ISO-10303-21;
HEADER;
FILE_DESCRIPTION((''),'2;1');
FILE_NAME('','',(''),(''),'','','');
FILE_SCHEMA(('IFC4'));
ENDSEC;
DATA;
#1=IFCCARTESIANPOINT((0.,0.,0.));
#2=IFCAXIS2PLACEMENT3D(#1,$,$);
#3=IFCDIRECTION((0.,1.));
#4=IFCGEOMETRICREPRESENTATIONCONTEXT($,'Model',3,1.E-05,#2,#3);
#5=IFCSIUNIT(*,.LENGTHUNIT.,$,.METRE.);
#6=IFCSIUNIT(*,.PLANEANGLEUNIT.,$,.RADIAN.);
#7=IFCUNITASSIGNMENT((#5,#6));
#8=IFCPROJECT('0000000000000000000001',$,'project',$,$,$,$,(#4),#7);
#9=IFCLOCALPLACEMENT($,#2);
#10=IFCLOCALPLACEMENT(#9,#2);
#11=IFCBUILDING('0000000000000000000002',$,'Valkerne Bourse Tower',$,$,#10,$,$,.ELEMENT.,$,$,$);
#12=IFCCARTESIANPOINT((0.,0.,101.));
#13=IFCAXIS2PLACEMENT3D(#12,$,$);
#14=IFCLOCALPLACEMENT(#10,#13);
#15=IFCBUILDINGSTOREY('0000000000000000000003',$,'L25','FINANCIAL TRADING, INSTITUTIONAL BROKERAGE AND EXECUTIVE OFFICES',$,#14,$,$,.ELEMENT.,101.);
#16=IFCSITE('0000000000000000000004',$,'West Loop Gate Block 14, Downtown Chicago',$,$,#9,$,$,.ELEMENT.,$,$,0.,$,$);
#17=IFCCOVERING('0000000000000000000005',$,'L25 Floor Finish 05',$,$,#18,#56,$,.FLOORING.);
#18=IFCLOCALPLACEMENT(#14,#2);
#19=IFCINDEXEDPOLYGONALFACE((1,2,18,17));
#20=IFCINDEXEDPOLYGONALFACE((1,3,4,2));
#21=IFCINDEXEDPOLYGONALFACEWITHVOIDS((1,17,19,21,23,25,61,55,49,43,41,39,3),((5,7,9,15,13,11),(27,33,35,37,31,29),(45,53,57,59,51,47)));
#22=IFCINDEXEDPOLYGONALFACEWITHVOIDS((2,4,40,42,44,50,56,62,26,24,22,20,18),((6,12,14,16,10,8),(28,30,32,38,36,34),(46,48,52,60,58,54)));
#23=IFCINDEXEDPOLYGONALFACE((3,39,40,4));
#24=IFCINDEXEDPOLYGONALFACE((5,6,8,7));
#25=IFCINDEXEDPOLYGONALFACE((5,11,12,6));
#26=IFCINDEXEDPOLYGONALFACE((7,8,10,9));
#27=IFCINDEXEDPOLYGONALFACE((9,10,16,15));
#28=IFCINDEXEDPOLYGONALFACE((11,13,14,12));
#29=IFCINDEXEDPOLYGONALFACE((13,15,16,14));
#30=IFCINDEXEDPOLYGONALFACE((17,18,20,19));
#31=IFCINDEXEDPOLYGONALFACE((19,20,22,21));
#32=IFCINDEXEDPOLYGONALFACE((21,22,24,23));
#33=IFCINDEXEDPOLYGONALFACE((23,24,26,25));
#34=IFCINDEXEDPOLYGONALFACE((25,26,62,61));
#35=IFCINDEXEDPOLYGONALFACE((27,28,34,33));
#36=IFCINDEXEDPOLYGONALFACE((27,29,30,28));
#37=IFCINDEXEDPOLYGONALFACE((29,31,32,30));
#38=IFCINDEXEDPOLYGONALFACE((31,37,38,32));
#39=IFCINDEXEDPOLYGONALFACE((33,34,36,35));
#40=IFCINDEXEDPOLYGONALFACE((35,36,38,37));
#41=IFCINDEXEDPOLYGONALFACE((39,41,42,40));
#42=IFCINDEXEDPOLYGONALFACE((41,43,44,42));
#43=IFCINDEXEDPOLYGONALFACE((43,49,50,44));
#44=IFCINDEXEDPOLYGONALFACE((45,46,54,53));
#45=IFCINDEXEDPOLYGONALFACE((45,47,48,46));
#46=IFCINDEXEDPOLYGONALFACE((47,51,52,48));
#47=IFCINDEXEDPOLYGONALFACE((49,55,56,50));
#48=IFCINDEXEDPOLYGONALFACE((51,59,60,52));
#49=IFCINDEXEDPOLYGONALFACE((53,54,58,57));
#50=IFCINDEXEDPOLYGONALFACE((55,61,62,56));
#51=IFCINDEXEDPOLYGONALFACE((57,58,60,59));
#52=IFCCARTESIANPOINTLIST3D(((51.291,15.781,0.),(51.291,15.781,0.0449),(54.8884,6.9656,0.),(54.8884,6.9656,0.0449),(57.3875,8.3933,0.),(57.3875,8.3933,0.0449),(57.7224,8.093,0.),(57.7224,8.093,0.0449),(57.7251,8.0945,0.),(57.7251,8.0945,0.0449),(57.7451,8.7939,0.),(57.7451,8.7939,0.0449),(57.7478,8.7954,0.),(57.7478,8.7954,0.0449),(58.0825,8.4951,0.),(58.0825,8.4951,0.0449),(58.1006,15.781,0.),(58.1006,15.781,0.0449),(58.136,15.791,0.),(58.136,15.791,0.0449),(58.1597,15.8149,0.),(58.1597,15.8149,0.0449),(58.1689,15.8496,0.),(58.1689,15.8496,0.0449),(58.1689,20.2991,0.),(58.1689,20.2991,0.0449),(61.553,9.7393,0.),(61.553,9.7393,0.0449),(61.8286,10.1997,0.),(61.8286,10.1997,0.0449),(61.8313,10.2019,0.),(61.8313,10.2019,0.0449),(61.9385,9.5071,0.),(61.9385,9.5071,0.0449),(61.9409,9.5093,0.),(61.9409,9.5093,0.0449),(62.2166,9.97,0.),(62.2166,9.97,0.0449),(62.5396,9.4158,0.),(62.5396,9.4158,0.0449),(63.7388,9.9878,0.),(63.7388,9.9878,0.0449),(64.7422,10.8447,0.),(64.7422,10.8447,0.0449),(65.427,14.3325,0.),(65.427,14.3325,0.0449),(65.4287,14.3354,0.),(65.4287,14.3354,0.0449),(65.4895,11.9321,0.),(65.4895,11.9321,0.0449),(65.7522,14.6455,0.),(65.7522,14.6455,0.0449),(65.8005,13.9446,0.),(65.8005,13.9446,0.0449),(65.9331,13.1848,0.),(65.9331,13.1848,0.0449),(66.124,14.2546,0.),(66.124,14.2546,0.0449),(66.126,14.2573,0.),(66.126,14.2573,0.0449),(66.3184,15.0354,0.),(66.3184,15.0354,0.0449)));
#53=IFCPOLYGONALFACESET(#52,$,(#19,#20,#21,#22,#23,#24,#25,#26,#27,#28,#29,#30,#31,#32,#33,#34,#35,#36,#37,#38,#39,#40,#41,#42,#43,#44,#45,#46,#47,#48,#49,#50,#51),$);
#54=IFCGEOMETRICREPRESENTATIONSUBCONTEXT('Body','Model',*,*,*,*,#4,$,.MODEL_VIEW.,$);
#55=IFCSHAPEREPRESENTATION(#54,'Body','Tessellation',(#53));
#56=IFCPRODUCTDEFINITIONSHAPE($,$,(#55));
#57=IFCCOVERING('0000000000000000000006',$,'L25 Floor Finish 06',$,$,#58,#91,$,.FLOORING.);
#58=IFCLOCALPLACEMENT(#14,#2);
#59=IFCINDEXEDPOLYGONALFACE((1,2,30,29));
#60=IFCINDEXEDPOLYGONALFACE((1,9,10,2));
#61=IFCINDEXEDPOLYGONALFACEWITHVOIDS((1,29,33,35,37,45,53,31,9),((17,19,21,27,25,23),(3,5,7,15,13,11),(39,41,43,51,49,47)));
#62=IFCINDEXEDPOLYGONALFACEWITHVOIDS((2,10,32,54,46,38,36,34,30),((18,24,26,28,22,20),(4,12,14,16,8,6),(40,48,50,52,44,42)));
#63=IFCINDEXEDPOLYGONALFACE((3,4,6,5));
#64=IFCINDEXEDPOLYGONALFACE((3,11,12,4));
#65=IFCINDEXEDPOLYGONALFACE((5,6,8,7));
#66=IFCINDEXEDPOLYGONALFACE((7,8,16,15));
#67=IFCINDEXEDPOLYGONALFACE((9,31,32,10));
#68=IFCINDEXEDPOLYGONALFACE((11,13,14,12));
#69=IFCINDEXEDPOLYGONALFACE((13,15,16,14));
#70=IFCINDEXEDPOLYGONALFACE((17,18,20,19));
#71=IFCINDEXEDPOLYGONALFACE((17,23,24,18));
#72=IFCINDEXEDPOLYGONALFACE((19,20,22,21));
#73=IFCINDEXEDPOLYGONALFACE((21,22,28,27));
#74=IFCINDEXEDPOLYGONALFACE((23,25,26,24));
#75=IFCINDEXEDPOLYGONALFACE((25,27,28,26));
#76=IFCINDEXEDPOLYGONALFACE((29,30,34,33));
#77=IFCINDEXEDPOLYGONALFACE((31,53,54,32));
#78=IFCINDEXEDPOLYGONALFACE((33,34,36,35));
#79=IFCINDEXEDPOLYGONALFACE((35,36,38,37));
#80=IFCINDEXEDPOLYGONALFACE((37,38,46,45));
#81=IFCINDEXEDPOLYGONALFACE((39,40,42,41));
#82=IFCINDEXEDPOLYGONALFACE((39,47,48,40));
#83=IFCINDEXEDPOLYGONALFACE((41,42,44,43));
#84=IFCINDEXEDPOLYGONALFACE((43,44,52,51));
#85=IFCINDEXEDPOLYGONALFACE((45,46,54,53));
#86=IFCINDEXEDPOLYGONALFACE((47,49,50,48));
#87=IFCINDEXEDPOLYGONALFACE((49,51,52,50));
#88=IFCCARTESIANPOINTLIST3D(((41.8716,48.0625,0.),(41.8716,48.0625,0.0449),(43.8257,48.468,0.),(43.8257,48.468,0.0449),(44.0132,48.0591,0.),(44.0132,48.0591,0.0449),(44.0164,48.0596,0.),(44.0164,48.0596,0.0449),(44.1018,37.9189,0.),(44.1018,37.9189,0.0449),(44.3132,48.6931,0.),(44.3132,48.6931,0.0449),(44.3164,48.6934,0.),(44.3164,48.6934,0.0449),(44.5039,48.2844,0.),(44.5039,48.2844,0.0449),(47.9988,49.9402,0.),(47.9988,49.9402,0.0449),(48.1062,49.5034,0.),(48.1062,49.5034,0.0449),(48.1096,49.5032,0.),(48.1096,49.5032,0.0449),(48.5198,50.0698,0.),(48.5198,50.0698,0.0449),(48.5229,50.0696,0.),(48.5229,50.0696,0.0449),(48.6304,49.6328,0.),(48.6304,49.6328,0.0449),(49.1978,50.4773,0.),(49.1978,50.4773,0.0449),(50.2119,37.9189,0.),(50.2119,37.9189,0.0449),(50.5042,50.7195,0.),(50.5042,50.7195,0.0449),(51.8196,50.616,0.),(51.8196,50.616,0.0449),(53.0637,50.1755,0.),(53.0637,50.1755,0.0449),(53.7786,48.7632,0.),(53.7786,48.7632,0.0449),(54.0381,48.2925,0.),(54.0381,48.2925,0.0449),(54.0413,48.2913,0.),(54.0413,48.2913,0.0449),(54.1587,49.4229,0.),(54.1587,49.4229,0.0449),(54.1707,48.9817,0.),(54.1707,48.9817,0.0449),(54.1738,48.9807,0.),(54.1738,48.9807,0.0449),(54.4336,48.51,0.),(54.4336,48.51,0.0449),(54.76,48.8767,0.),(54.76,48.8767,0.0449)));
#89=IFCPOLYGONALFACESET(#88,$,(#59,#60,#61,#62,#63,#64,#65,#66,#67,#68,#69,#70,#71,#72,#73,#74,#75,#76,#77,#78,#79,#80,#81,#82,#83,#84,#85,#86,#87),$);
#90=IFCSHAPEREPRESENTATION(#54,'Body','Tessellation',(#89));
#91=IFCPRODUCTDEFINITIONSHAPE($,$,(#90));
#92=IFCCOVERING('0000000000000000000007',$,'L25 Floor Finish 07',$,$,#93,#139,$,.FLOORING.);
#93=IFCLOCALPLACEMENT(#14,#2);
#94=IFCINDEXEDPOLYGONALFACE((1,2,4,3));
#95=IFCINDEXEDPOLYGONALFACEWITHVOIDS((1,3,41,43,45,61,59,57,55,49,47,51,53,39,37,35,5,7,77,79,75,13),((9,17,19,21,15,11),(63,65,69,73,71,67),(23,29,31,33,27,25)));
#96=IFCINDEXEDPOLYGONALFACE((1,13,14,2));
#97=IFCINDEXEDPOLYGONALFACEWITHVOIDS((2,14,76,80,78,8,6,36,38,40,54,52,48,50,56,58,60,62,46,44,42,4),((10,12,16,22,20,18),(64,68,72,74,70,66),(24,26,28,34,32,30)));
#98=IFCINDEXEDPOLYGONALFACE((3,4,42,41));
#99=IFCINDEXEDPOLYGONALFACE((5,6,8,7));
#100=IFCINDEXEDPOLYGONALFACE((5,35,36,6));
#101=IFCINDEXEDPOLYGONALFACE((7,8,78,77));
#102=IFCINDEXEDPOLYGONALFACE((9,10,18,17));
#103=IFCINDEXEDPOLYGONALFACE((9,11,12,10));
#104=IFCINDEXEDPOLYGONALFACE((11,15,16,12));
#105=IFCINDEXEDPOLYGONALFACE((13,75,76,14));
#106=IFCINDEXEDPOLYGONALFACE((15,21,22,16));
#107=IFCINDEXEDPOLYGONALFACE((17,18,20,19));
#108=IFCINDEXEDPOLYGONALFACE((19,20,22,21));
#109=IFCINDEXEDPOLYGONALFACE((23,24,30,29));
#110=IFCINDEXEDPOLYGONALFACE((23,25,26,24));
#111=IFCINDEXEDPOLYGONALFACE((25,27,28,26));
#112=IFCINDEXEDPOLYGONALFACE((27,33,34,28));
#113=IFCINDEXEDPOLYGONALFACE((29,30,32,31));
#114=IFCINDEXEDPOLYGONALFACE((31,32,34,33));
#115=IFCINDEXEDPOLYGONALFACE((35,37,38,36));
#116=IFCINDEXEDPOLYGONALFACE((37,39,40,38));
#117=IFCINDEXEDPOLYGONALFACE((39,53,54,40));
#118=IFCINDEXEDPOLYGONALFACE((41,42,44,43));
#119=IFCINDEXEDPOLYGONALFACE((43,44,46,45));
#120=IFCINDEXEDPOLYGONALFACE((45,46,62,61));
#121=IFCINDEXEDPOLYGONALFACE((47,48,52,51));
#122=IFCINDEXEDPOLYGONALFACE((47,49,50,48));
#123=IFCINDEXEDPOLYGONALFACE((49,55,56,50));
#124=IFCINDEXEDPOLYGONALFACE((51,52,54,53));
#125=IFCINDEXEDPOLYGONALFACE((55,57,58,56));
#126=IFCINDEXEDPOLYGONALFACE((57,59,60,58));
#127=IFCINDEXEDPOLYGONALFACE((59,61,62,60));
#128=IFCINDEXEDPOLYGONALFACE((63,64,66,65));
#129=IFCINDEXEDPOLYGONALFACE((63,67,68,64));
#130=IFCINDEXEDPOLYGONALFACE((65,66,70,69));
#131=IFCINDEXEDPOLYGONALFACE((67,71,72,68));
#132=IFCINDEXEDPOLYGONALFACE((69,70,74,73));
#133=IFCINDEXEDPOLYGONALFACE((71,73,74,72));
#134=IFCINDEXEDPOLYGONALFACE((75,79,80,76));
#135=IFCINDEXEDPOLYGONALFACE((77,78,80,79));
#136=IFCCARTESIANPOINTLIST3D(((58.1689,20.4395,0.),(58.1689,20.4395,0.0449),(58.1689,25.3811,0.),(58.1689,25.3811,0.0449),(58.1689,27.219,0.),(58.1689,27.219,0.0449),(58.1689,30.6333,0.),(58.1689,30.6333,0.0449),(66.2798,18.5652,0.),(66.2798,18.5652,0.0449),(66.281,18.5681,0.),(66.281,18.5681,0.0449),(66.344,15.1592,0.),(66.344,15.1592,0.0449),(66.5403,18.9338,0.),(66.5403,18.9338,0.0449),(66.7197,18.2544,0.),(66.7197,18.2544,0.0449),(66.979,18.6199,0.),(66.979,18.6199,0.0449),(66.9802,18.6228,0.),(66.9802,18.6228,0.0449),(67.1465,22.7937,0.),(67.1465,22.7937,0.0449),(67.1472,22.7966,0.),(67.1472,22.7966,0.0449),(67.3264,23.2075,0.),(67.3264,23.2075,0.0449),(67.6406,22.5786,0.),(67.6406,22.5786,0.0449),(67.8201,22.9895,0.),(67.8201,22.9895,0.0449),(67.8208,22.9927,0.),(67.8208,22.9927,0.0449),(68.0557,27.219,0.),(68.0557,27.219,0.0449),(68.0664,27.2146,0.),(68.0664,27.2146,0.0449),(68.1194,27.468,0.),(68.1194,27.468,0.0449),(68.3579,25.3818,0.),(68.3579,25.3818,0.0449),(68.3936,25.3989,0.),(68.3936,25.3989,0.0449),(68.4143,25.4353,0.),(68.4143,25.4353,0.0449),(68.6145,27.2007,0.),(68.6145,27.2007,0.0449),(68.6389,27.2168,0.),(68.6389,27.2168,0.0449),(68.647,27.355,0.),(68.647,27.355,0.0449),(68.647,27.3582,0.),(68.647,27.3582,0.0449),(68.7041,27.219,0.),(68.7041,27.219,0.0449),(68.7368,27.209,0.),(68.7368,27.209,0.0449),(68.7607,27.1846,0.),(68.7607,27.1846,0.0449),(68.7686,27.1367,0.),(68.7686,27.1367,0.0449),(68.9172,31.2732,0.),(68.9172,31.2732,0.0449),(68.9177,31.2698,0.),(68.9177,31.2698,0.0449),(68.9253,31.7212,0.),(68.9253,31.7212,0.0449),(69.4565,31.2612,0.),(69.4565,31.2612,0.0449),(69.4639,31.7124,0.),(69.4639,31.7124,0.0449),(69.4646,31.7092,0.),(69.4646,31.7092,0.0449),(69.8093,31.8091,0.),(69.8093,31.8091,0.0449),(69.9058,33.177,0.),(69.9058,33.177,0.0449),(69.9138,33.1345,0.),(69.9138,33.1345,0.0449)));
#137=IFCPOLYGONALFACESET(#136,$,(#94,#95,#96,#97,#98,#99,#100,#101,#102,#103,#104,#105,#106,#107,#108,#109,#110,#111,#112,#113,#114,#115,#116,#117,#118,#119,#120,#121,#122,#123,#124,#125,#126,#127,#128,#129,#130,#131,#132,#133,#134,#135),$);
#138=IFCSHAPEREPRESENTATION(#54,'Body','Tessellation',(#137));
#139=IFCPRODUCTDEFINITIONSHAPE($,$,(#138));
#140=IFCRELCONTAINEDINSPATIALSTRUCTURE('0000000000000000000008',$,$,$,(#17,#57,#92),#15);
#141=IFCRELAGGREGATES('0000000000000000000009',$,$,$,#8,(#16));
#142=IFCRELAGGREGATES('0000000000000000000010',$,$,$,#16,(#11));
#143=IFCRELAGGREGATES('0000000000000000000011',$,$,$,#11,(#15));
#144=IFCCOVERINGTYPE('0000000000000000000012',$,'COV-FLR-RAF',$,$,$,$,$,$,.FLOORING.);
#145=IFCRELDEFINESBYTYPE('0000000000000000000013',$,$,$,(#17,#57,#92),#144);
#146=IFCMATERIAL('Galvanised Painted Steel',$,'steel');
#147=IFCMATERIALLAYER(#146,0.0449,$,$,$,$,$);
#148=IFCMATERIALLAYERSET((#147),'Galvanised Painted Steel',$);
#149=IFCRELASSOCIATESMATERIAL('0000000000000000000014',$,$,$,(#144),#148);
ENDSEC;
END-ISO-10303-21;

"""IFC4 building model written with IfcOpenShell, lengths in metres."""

from ifc_helpers import new_model, si_unit, direction, frame, origin, place, context, subcontext, project, spatial, polyline, outline, extrude, material, layer, layer_set, type_object, element, save


model = new_model("IFC4")

# Units and contexts
model_context = context("Model", 3, precision=1e-05, world=origin(), true_north=direction((0.0, 1.0)))
body_context = subcontext(model_context, "Body", "Model", "MODEL_VIEW")
ifc_project = project(units=[si_unit("LENGTHUNIT", "METRE"), si_unit("PLANEANGLEUNIT", "RADIAN")], contexts=[model_context])

# Site, building, storey
site_placement = place(None, origin())
site = spatial("IfcSite", under=ifc_project, at=site_placement, Name="West Loop Gate Block 14, Downtown Chicago", CompositionType="ELEMENT", RefElevation=0.0)
building_placement = place(site_placement, origin())
building = spatial("IfcBuilding", under=site, at=building_placement, Name="Valkerne Bourse Tower", CompositionType="ELEMENT")
storey_placement = place(building_placement, frame((0.0, 0.0, 101.0)))
storey = spatial("IfcBuildingStorey", under=building, at=storey_placement, Name="L25", Description="FINANCIAL TRADING, INSTITUTIONAL BROKERAGE AND EXECUTIVE OFFICES", CompositionType="ELEMENT", Elevation=101.0)

# Coverings
ifc_material_1 = material(Name="Galvanised Painted Steel", Category="steel")
ifc_layer_1 = layer(ifc_material_1, 0.0449)
ifc_layer_set_1 = layer_set([ifc_layer_1], Name="Galvanised Painted Steel")
covering_type_1 = type_object("IfcCoveringType", Name="COV-FLR-RAF", PredefinedType="FLOORING", material=ifc_layer_set_1)
covering_1_placement = place(storey_placement, origin())
element("IfcCovering", 1, at=covering_1_placement, inside=storey, type_object=covering_type_1, Name="L25 Floor Finish 05", PredefinedType="FLOORING", context=body_context, shape_type="SweptSolid", body=[
    extrude(outline(polyline([(63.7388, 9.9878), (62.5396, 9.4158), (54.8884, 6.9656), (51.291, 15.781), (58.1006, 15.781), (58.136, 15.791), (58.1597, 15.8149), (58.1689, 15.8496), (58.1689, 20.2991), (66.3184, 15.0354), (65.9331, 13.1848), (65.4895, 11.9321), (64.7422, 10.8447), (63.7388, 9.9878)]), holes=[polyline([(57.7251, 8.0945), (58.0825, 8.4951), (57.7478, 8.7954), (57.7451, 8.7939), (57.3875, 8.3933), (57.7224, 8.093), (57.7251, 8.0945)]), polyline([(61.9409, 9.5093), (62.2166, 9.97), (61.8313, 10.2019), (61.8286, 10.1997), (61.553, 9.7393), (61.9385, 9.5071), (61.9409, 9.5093)]), polyline([(66.126, 14.2573), (65.7522, 14.6455), (65.4287, 14.3354), (65.427, 14.3325), (65.8005, 13.9446), (66.124, 14.2546), (66.126, 14.2573)])]), origin(), (0.0, 0.0, 1.0), 0.0449),
])
covering_2_placement = place(storey_placement, origin())
element("IfcCovering", 2, at=covering_2_placement, inside=storey, type_object=covering_type_1, Name="L25 Floor Finish 06", PredefinedType="FLOORING", context=body_context, shape_type="SweptSolid", body=[
    extrude(outline(polyline([(51.8196, 50.616), (53.0637, 50.1755), (54.1587, 49.4229), (54.76, 48.8767), (50.2119, 37.9189), (44.1018, 37.9189), (41.8716, 48.0625), (49.1978, 50.4773), (50.5042, 50.7195), (51.8196, 50.616)]), holes=[polyline([(44.5039, 48.2844), (44.3164, 48.6934), (44.3132, 48.6931), (43.8257, 48.468), (44.0132, 48.0591), (44.0164, 48.0596), (44.5039, 48.2844)]), polyline([(54.1738, 48.9807), (54.1707, 48.9817), (53.7786, 48.7632), (54.0381, 48.2925), (54.0413, 48.2913), (54.4336, 48.51), (54.1738, 48.9807)]), polyline([(48.5229, 50.0696), (48.5198, 50.0698), (47.9988, 49.9402), (48.1062, 49.5034), (48.1096, 49.5032), (48.6304, 49.6328), (48.5229, 50.0696)])]), origin(), (0.0, 0.0, 1.0), 0.0449),
])
covering_3_placement = place(storey_placement, origin())
element("IfcCovering", 3, at=covering_3_placement, inside=storey, type_object=covering_type_1, Name="L25 Floor Finish 07", PredefinedType="FLOORING", context=body_context, shape_type="SweptSolid", body=[
    extrude(outline(polyline([(66.344, 15.1592), (58.1689, 20.4395), (58.1689, 25.3811), (68.3579, 25.3818), (68.3936, 25.3989), (68.4143, 25.4353), (68.7686, 27.1367), (68.7607, 27.1846), (68.7368, 27.209), (68.7041, 27.219), (68.6389, 27.2168), (68.6145, 27.2007), (68.647, 27.355), (68.647, 27.3582), (68.1194, 27.468), (68.0664, 27.2146), (68.0557, 27.219), (58.1689, 27.219), (58.1689, 30.6333), (69.9058, 33.177), (69.9138, 33.1345), (69.8093, 31.8091), (66.344, 15.1592)]), holes=[polyline([(66.9802, 18.6228), (66.5403, 18.9338), (66.281, 18.5681), (66.2798, 18.5652), (66.7197, 18.2544), (66.979, 18.6199), (66.9802, 18.6228)]), polyline([(67.8208, 22.9927), (67.3264, 23.2075), (67.1472, 22.7966), (67.1465, 22.7937), (67.6406, 22.5786), (67.8201, 22.9895), (67.8208, 22.9927)]), polyline([(69.4639, 31.7124), (68.9253, 31.7212), (68.9172, 31.2732), (68.9177, 31.2698), (69.4565, 31.2612), (69.4646, 31.7092), (69.4639, 31.7124)])]), origin(), (0.0, 0.0, 1.0), 0.0449),
])

save(model, "model.ifc")
